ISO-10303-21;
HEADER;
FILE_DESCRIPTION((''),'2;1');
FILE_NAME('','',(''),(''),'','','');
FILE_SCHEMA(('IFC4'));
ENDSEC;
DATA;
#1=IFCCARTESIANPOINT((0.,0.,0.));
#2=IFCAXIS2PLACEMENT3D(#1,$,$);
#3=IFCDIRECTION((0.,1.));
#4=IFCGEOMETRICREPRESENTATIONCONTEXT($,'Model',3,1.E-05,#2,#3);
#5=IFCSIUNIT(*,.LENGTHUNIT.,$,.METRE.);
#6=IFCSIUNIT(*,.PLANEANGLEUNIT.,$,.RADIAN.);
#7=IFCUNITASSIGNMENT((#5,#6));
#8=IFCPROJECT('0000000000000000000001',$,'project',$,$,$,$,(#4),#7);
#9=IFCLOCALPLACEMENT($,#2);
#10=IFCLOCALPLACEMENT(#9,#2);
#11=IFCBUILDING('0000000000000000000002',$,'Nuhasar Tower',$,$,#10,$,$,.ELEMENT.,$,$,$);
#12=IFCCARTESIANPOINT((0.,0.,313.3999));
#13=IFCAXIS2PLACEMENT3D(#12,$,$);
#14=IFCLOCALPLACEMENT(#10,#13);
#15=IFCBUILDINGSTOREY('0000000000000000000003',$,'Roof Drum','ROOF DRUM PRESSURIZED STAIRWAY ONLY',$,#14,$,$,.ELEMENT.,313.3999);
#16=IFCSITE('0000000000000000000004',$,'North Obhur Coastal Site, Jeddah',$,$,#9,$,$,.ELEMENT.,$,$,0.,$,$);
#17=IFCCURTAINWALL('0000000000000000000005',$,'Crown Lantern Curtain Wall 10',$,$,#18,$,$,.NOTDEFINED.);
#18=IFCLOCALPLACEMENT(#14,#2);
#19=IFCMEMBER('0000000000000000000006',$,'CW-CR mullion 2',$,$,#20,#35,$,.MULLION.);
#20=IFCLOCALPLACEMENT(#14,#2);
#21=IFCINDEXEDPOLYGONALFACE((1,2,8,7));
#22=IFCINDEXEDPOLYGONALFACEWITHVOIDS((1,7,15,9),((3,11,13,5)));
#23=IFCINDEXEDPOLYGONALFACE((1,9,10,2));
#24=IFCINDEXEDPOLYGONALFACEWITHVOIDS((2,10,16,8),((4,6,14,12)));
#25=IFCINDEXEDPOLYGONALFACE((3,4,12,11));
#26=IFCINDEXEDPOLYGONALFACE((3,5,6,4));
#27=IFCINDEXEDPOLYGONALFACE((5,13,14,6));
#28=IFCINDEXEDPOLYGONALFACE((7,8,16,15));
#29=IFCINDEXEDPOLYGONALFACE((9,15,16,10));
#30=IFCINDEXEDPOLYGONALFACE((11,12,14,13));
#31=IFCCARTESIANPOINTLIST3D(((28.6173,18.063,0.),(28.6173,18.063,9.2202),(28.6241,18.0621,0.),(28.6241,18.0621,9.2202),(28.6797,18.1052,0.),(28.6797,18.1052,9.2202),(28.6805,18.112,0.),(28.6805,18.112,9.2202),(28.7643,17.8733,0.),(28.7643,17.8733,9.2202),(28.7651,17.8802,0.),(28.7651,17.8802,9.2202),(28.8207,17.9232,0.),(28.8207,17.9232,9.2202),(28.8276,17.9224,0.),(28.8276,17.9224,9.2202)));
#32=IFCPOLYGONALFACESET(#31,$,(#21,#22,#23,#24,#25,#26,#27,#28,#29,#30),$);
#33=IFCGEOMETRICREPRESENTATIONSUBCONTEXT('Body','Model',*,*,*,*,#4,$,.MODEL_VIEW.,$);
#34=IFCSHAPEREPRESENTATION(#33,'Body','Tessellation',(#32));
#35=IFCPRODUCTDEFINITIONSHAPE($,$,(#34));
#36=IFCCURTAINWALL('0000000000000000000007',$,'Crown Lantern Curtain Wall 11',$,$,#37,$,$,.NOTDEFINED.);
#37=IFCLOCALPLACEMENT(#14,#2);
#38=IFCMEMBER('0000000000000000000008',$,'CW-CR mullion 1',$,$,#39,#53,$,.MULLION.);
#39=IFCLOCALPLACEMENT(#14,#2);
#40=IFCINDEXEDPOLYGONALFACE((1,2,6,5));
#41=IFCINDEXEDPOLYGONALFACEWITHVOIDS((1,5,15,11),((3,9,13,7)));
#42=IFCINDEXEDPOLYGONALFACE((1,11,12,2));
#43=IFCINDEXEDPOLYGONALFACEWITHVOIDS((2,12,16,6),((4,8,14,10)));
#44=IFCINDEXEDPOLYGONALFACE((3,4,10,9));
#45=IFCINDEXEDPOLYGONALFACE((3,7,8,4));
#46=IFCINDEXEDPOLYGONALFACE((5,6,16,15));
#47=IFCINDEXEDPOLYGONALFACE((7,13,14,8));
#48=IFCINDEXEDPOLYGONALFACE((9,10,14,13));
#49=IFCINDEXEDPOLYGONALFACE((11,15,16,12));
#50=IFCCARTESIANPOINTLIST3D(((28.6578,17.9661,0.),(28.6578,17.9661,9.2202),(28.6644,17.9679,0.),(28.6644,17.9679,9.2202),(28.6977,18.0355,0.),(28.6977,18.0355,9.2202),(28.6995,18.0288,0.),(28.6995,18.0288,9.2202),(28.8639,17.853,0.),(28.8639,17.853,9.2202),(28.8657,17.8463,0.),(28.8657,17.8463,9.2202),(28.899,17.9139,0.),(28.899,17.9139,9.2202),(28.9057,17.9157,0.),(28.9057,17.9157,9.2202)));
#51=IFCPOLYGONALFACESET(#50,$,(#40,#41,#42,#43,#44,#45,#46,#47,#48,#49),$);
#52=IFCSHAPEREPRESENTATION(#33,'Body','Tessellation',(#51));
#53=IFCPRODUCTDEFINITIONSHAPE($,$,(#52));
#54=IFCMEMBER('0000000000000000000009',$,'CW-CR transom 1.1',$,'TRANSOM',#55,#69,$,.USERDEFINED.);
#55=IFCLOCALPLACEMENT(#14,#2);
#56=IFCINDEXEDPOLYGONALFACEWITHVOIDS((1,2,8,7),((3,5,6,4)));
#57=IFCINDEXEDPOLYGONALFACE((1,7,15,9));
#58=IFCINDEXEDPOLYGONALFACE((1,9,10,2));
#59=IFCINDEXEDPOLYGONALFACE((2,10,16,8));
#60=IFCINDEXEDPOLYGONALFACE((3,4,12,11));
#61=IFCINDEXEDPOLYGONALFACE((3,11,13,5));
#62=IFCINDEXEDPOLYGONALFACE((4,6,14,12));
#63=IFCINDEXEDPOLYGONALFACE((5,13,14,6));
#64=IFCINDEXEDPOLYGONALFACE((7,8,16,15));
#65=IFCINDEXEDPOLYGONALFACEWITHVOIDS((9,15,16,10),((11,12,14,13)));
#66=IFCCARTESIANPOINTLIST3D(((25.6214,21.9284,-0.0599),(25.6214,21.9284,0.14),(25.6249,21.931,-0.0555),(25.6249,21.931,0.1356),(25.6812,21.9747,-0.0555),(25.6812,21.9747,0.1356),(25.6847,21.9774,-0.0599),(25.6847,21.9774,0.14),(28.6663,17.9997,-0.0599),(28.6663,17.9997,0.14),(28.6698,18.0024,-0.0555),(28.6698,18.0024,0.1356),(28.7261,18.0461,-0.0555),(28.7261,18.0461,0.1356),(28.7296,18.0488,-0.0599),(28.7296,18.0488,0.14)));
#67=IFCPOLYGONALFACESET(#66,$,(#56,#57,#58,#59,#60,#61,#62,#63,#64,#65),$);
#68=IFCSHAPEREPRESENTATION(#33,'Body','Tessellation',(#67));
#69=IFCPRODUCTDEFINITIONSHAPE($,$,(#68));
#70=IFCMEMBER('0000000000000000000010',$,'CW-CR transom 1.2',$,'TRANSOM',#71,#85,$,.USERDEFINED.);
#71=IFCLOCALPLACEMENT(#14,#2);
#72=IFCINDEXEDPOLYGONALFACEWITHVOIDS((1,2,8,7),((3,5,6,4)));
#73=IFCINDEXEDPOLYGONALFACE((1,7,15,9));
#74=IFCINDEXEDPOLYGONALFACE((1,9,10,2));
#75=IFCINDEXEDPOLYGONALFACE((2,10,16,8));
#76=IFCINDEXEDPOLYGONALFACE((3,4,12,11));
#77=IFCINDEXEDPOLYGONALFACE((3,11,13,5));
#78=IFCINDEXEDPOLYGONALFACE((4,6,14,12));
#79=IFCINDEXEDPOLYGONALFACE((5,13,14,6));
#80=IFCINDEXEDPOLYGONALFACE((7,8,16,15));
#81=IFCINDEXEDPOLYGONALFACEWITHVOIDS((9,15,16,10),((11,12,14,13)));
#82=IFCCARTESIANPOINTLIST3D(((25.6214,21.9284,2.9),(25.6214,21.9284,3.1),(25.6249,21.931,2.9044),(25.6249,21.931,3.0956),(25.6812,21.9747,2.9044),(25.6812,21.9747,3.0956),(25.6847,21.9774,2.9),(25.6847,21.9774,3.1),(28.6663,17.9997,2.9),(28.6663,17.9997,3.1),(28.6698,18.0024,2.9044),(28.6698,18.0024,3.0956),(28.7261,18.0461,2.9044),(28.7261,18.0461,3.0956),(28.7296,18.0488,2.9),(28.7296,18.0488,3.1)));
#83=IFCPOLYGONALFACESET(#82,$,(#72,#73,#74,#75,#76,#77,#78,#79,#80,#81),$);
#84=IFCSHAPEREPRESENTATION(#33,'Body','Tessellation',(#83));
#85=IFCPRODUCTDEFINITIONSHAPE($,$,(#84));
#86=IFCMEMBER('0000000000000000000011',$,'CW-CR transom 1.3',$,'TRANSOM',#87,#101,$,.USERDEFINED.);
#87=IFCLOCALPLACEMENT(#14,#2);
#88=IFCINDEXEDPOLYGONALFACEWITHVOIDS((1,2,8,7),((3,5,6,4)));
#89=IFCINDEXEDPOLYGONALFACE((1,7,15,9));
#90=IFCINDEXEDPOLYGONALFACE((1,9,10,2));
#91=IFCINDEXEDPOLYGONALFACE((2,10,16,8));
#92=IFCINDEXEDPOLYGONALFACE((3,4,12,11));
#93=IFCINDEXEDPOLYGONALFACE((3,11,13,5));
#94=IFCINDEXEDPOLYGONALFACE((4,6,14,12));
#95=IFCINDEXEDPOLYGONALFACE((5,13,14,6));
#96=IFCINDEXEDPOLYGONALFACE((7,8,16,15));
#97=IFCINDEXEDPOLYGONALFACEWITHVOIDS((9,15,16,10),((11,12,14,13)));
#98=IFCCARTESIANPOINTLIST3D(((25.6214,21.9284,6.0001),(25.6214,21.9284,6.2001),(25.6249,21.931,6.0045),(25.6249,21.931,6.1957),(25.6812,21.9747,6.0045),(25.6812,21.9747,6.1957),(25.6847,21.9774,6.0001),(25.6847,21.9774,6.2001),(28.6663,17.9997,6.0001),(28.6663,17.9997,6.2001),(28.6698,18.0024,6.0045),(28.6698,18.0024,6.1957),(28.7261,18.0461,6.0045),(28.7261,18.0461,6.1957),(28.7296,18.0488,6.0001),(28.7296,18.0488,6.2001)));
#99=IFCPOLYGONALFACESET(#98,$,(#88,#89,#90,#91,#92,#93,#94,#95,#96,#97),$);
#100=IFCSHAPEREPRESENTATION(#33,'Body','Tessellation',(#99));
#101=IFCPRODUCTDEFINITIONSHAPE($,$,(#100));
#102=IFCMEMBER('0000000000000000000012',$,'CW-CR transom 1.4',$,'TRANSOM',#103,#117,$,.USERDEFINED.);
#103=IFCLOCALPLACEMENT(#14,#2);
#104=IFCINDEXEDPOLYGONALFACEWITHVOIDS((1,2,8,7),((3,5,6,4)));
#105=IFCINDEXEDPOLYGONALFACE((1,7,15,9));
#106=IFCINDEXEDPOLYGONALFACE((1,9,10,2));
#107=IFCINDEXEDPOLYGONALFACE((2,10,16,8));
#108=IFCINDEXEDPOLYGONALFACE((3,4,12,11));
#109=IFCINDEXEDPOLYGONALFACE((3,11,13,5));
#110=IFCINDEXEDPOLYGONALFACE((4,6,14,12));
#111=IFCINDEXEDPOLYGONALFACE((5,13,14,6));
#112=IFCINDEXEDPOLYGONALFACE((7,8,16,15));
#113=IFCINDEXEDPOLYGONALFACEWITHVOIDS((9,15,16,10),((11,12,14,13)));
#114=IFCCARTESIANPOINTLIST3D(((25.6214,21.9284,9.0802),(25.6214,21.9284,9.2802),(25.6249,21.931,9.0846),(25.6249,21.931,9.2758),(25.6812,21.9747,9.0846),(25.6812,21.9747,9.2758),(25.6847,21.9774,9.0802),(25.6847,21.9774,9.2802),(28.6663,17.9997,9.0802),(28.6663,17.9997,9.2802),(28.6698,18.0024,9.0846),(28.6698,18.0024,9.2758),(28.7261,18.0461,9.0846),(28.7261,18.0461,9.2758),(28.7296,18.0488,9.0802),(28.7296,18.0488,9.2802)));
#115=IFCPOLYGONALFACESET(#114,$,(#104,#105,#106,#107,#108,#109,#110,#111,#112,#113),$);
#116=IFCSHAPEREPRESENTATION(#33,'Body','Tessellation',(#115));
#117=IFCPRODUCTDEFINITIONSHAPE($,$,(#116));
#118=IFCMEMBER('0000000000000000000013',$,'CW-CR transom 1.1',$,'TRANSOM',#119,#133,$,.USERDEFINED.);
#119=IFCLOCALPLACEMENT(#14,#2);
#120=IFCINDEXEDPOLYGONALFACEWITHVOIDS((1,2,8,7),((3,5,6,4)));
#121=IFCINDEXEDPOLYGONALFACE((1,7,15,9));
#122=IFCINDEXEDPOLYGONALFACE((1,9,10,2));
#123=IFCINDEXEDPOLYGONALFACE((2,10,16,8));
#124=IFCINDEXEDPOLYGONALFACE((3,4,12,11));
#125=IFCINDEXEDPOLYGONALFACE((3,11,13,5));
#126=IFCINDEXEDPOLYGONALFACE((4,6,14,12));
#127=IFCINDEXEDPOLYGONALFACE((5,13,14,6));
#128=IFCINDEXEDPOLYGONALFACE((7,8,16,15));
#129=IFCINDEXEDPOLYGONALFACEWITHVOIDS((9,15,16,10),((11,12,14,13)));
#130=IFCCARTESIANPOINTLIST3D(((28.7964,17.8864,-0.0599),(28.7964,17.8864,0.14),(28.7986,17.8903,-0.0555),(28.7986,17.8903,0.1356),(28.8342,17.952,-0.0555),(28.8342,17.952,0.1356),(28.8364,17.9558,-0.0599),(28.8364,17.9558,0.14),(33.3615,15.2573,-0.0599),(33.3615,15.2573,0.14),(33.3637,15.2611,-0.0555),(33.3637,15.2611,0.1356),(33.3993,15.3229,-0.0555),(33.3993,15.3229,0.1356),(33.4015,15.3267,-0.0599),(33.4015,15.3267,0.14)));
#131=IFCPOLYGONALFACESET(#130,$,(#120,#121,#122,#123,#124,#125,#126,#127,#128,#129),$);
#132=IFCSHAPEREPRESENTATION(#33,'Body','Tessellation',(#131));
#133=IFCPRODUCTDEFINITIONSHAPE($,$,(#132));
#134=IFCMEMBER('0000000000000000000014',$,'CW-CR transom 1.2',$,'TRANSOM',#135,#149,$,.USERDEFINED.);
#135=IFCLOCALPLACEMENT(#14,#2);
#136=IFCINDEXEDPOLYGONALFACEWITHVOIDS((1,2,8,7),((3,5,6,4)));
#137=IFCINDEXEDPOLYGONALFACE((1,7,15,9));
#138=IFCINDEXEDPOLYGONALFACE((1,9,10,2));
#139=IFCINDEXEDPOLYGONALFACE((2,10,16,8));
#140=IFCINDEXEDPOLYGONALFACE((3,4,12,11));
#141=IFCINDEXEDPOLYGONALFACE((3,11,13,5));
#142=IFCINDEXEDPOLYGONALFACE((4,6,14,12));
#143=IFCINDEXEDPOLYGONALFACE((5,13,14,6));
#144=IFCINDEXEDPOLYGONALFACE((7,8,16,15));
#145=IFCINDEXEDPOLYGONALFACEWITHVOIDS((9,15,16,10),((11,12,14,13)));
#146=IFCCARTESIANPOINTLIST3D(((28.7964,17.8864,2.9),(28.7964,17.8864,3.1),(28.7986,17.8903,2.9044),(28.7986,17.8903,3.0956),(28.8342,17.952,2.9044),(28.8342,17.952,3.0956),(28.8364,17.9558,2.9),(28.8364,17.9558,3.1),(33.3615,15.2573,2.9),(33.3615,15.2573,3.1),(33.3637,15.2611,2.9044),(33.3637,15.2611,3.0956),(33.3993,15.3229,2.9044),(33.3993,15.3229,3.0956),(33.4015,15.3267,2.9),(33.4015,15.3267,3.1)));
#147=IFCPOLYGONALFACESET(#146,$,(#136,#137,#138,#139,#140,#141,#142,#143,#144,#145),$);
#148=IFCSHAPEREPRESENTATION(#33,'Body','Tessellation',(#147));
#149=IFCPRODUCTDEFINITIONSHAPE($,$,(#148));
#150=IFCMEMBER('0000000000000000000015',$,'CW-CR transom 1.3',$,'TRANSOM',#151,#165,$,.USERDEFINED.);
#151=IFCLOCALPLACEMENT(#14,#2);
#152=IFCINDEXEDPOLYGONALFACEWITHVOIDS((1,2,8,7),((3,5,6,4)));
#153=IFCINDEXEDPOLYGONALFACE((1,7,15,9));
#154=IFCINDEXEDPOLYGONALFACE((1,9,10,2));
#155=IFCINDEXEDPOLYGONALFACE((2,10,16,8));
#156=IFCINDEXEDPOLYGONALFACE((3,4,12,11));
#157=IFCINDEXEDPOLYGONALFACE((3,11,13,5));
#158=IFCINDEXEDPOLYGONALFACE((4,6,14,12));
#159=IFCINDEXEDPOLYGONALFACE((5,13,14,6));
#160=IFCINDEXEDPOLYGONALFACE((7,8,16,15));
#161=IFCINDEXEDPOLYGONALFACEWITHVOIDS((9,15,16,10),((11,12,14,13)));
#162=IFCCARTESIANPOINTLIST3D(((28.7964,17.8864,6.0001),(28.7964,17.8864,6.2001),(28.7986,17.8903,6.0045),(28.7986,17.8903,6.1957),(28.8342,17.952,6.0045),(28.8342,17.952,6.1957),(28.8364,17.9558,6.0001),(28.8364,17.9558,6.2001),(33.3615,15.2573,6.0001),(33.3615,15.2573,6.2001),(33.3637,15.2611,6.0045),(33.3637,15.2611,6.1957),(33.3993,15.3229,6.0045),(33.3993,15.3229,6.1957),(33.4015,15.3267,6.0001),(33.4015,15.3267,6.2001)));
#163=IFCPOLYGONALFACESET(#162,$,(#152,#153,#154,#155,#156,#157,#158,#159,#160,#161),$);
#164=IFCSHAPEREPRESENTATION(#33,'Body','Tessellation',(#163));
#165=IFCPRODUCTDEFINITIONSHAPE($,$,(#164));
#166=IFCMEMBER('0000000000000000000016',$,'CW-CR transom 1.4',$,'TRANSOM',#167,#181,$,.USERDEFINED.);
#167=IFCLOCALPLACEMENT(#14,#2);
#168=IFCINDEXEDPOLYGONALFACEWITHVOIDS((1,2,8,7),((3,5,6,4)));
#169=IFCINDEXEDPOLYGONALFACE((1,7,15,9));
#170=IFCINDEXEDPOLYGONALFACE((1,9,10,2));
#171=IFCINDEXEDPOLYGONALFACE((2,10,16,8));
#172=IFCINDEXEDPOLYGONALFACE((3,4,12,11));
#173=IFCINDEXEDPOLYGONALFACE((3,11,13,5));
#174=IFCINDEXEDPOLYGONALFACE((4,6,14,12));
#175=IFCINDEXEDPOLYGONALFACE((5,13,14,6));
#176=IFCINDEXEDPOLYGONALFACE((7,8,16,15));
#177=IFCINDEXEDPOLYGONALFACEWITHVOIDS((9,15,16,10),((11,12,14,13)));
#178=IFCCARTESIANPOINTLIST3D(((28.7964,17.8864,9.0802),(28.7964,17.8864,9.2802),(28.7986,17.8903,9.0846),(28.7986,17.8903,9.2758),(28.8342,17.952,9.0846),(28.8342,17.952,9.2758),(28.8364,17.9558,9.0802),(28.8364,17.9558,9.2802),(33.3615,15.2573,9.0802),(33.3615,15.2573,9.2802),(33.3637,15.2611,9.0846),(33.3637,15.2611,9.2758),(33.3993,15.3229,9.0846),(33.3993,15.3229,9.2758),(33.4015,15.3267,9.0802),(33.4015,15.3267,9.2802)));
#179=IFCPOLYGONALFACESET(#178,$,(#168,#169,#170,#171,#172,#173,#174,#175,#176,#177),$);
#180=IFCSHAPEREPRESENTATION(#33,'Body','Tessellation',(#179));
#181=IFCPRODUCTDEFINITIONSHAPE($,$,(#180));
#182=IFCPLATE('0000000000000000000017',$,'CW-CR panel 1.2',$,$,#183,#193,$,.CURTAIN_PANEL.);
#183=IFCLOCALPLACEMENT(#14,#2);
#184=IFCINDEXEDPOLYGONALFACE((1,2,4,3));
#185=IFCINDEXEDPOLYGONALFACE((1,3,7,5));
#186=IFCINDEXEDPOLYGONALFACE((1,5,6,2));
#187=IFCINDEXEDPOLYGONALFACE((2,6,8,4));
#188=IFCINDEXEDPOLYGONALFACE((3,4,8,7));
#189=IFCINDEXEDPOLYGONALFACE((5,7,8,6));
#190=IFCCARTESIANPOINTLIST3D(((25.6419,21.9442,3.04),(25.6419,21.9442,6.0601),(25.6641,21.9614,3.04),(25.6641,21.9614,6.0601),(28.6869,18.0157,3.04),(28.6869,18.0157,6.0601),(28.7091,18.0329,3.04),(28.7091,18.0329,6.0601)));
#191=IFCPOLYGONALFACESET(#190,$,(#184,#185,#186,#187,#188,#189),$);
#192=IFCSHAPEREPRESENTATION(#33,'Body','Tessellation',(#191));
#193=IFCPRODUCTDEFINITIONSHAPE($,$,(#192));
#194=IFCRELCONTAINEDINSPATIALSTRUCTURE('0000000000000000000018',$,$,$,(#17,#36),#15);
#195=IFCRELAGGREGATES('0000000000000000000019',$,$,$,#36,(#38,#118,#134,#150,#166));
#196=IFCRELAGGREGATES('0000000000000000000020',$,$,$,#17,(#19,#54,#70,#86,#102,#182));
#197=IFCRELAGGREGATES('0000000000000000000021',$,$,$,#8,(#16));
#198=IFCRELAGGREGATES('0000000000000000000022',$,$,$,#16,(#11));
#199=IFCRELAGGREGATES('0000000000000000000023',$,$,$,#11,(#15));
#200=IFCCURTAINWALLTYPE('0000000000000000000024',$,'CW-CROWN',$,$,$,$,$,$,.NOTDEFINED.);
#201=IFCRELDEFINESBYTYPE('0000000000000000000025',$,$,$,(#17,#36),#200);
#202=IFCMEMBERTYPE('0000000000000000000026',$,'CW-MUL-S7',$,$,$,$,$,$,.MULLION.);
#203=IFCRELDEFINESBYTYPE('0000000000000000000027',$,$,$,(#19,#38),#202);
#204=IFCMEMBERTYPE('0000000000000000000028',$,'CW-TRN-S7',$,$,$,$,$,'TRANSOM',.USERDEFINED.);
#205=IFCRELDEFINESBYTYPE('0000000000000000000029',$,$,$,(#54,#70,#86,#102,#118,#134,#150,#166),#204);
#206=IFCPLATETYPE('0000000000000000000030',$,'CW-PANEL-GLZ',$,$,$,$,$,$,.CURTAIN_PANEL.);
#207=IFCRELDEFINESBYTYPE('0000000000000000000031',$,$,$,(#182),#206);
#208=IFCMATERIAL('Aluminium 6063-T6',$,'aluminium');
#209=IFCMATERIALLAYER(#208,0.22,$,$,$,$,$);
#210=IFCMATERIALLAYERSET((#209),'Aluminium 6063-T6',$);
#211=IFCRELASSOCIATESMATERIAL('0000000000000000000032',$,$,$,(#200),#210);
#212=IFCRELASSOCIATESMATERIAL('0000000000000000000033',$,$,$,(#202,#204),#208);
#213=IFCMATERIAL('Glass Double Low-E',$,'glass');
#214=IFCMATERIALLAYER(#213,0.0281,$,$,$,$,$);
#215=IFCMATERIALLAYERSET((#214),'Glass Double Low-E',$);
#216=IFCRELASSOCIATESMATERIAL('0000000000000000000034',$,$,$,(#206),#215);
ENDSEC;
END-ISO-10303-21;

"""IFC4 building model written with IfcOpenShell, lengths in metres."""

from ifc_helpers import new_model, si_unit, direction, frame, origin, origin_2d, place, context, subcontext, project, spatial, rectangle, hollow_rectangle, extrude, material, layer, layer_set, material_profile, profile_set, type_object, element, aggregate, save


model = new_model("IFC4")

# Units and contexts
model_context = context("Model", 3, precision=1e-05, world=origin(), true_north=direction((0.0, 1.0)))
body_context = subcontext(model_context, "Body", "Model", "MODEL_VIEW")
ifc_project = project(units=[si_unit("LENGTHUNIT", "METRE"), si_unit("PLANEANGLEUNIT", "RADIAN")], contexts=[model_context])

# Site, building, storey
site_placement = place(None, origin())
site = spatial("IfcSite", under=ifc_project, at=site_placement, Name="North Obhur Coastal Site, Jeddah", CompositionType="ELEMENT", RefElevation=0.0)
building_placement = place(site_placement, origin())
building = spatial("IfcBuilding", under=site, at=building_placement, Name="Nuhasar Tower", CompositionType="ELEMENT")
storey_placement = place(building_placement, frame((0.0, 0.0, 313.3999)))
storey = spatial("IfcBuildingStorey", under=building, at=storey_placement, Name="Roof Drum", Description="ROOF DRUM PRESSURIZED STAIRWAY ONLY", CompositionType="ELEMENT", Elevation=313.3999)

# Curtain wall, member
ifc_material_1 = material(Name="Aluminium 6063-T6", Category="aluminium")
ifc_layer_1 = layer(ifc_material_1, 0.22)
ifc_layer_set_1 = layer_set([ifc_layer_1], Name="Aluminium 6063-T6")
curtain_wall_type = type_object("IfcCurtainWallType", Name="CW-CROWN", PredefinedType="NOTDEFINED", material=ifc_layer_set_1)
curtain_wall_1_placement = place(storey_placement, origin())
curtain_wall_1 = element("IfcCurtainWall", 1, at=curtain_wall_1_placement, inside=storey, type_object=curtain_wall_type, Name="Crown Lantern Curtain Wall 10", PredefinedType="NOTDEFINED")
ifc_material_profile_1 = material_profile(ifc_material_1, hollow_rectangle(XDim=0.0801, YDim=0.24, WallThickness=0.0049, at=origin_2d()), Name="CWM-7")
ifc_profile_set_1 = profile_set([ifc_material_profile_1], Name="Aluminium 6063-T6")
member_type_1 = type_object("IfcMemberType", Name="CW-MUL-S7", PredefinedType="MULLION", material=ifc_profile_set_1)
member_1_placement = place(storey_placement, frame((28.7224, 17.9927, 0.0), z_axis=(0.0, 0.0, 1.0), x_axis=(0.79038, 0.612617, 0.0)))
member_1 = element("IfcMember", 2, at=member_1_placement, type_object=member_type_1, Name="CW-CR mullion 2", PredefinedType="MULLION", context=body_context, shape_type="SweptSolid", body=[
    extrude(hollow_rectangle(XDim=0.0801, YDim=0.24, WallThickness=0.0049, at=origin_2d()), origin(), (0.0, 0.0, 1.0), 9.2202),
])

# Curtain wall, member
curtain_wall_2_placement = place(storey_placement, origin())
curtain_wall_2 = element("IfcCurtainWall", 3, at=curtain_wall_2_placement, inside=storey, type_object=curtain_wall_type, Name="Crown Lantern Curtain Wall 11", PredefinedType="NOTDEFINED")
member_2_placement = place(storey_placement, frame((28.7817, 17.9409, 0.0), z_axis=(0.0, 0.0, 1.0), x_axis=(0.499052, 0.866572, 0.0)))
member_2 = element("IfcMember", 4, at=member_2_placement, type_object=member_type_1, Name="CW-CR mullion 1", PredefinedType="MULLION", context=body_context, shape_type="SweptSolid", body=[
    extrude(hollow_rectangle(XDim=0.0801, YDim=0.24, WallThickness=0.0049, at=origin_2d()), origin(), (0.0, 0.0, 1.0), 9.2202),
])

# Members
ifc_material_profile_2 = material_profile(ifc_material_1, hollow_rectangle(XDim=0.0801, YDim=0.2, WallThickness=0.0044, at=origin_2d()), Name="CWT-7")
ifc_profile_set_2 = profile_set([ifc_material_profile_2], Name="Aluminium 6063-T6")
member_type_2 = type_object("IfcMemberType", Name="CW-TRN-S7", ElementType="TRANSOM", PredefinedType="USERDEFINED", material=ifc_profile_set_2)
member_3_placement = place(storey_placement, frame((25.6531, 21.9529, 0.04), z_axis=(0.612593, -0.790398, 0.0), x_axis=(0.790398, 0.612593, 0.0)))
member_3 = element("IfcMember", 5, at=member_3_placement, type_object=member_type_2, Name="CW-CR transom 1.1", ObjectType="TRANSOM", PredefinedType="USERDEFINED", context=body_context, shape_type="SweptSolid", body=[
    extrude(hollow_rectangle(XDim=0.0801, YDim=0.2, WallThickness=0.0044, at=origin_2d()), origin(), (0.0, 0.0, 1.0), 4.9705),
])
member_4_placement = place(storey_placement, frame((25.6531, 21.9529, 3.0), z_axis=(0.612593, -0.790398, 0.0), x_axis=(0.790398, 0.612593, 0.0)))
member_4 = element("IfcMember", 6, at=member_4_placement, type_object=member_type_2, Name="CW-CR transom 1.2", ObjectType="TRANSOM", PredefinedType="USERDEFINED", context=body_context, shape_type="SweptSolid", body=[
    extrude(hollow_rectangle(XDim=0.0801, YDim=0.2, WallThickness=0.0044, at=origin_2d()), origin(), (0.0, 0.0, 1.0), 4.9705),
])
member_5_placement = place(storey_placement, frame((25.6531, 21.9529, 6.1001), z_axis=(0.612593, -0.790398, 0.0), x_axis=(0.790398, 0.612593, 0.0)))
member_5 = element("IfcMember", 7, at=member_5_placement, type_object=member_type_2, Name="CW-CR transom 1.3", ObjectType="TRANSOM", PredefinedType="USERDEFINED", context=body_context, shape_type="SweptSolid", body=[
    extrude(hollow_rectangle(XDim=0.0801, YDim=0.2, WallThickness=0.0044, at=origin_2d()), origin(), (0.0, 0.0, 1.0), 4.9705),
])
member_6_placement = place(storey_placement, frame((25.6531, 21.9529, 9.1802), z_axis=(0.612593, -0.790398, 0.0), x_axis=(0.790398, 0.612593, 0.0)))
member_6 = element("IfcMember", 8, at=member_6_placement, type_object=member_type_2, Name="CW-CR transom 1.4", ObjectType="TRANSOM", PredefinedType="USERDEFINED", context=body_context, shape_type="SweptSolid", body=[
    extrude(hollow_rectangle(XDim=0.0801, YDim=0.2, WallThickness=0.0044, at=origin_2d()), origin(), (0.0, 0.0, 1.0), 4.9705),
])
member_7_placement = place(storey_placement, frame((28.8164, 17.9211, 0.04), z_axis=(0.866564, -0.499066, 0.0), x_axis=(0.499066, 0.866564, 0.0)))
member_7 = element("IfcMember", 9, at=member_7_placement, type_object=member_type_2, Name="CW-CR transom 1.1", ObjectType="TRANSOM", PredefinedType="USERDEFINED", context=body_context, shape_type="SweptSolid", body=[
    extrude(hollow_rectangle(XDim=0.0801, YDim=0.2, WallThickness=0.0044, at=origin_2d()), origin(), (0.0, 0.0, 1.0), 5.2681),
])
member_8_placement = place(storey_placement, frame((28.8164, 17.9211, 3.0), z_axis=(0.866564, -0.499066, 0.0), x_axis=(0.499066, 0.866564, 0.0)))
member_8 = element("IfcMember", 10, at=member_8_placement, type_object=member_type_2, Name="CW-CR transom 1.2", ObjectType="TRANSOM", PredefinedType="USERDEFINED", context=body_context, shape_type="SweptSolid", body=[
    extrude(hollow_rectangle(XDim=0.0801, YDim=0.2, WallThickness=0.0044, at=origin_2d()), origin(), (0.0, 0.0, 1.0), 5.2681),
])
member_9_placement = place(storey_placement, frame((28.8164, 17.9211, 6.1001), z_axis=(0.866564, -0.499066, 0.0), x_axis=(0.499066, 0.866564, 0.0)))
member_9 = element("IfcMember", 11, at=member_9_placement, type_object=member_type_2, Name="CW-CR transom 1.3", ObjectType="TRANSOM", PredefinedType="USERDEFINED", context=body_context, shape_type="SweptSolid", body=[
    extrude(hollow_rectangle(XDim=0.0801, YDim=0.2, WallThickness=0.0044, at=origin_2d()), origin(), (0.0, 0.0, 1.0), 5.2681),
])
member_10_placement = place(storey_placement, frame((28.8164, 17.9211, 9.1802), z_axis=(0.866564, -0.499066, 0.0), x_axis=(0.499066, 0.866564, 0.0)))
member_10 = element("IfcMember", 12, at=member_10_placement, type_object=member_type_2, Name="CW-CR transom 1.4", ObjectType="TRANSOM", PredefinedType="USERDEFINED", context=body_context, shape_type="SweptSolid", body=[
    extrude(hollow_rectangle(XDim=0.0801, YDim=0.2, WallThickness=0.0044, at=origin_2d()), origin(), (0.0, 0.0, 1.0), 5.2681),
])
aggregate(curtain_wall_2, [member_2, member_7, member_8, member_9, member_10])

# Plate
ifc_material_2 = material(Name="Glass Double Low-E", Category="glass")
ifc_layer_2 = layer(ifc_material_2, 0.0281)
ifc_layer_set_2 = layer_set([ifc_layer_2], Name="Glass Double Low-E")
plate_type_1 = type_object("IfcPlateType", Name="CW-PANEL-GLZ", PredefinedType="CURTAIN_PANEL", material=ifc_layer_set_2)
plate_1_placement = place(storey_placement, frame((27.1755, 19.9885, 3.04), z_axis=(0.0, 0.0, 1.0), x_axis=(0.612617, -0.79038, 0.0)))
plate_1 = element("IfcPlate", 13, at=plate_1_placement, type_object=plate_type_1, Name="CW-CR panel 1.2", PredefinedType="CURTAIN_PANEL", context=body_context, shape_type="SweptSolid", body=[
    extrude(rectangle(XDim=4.9705, YDim=0.0281, at=origin_2d()), origin(), (0.0, 0.0, 1.0), 3.02),
])
aggregate(curtain_wall_1, [member_1, member_3, member_4, member_5, member_6, plate_1])

save(model, "model.ifc")
